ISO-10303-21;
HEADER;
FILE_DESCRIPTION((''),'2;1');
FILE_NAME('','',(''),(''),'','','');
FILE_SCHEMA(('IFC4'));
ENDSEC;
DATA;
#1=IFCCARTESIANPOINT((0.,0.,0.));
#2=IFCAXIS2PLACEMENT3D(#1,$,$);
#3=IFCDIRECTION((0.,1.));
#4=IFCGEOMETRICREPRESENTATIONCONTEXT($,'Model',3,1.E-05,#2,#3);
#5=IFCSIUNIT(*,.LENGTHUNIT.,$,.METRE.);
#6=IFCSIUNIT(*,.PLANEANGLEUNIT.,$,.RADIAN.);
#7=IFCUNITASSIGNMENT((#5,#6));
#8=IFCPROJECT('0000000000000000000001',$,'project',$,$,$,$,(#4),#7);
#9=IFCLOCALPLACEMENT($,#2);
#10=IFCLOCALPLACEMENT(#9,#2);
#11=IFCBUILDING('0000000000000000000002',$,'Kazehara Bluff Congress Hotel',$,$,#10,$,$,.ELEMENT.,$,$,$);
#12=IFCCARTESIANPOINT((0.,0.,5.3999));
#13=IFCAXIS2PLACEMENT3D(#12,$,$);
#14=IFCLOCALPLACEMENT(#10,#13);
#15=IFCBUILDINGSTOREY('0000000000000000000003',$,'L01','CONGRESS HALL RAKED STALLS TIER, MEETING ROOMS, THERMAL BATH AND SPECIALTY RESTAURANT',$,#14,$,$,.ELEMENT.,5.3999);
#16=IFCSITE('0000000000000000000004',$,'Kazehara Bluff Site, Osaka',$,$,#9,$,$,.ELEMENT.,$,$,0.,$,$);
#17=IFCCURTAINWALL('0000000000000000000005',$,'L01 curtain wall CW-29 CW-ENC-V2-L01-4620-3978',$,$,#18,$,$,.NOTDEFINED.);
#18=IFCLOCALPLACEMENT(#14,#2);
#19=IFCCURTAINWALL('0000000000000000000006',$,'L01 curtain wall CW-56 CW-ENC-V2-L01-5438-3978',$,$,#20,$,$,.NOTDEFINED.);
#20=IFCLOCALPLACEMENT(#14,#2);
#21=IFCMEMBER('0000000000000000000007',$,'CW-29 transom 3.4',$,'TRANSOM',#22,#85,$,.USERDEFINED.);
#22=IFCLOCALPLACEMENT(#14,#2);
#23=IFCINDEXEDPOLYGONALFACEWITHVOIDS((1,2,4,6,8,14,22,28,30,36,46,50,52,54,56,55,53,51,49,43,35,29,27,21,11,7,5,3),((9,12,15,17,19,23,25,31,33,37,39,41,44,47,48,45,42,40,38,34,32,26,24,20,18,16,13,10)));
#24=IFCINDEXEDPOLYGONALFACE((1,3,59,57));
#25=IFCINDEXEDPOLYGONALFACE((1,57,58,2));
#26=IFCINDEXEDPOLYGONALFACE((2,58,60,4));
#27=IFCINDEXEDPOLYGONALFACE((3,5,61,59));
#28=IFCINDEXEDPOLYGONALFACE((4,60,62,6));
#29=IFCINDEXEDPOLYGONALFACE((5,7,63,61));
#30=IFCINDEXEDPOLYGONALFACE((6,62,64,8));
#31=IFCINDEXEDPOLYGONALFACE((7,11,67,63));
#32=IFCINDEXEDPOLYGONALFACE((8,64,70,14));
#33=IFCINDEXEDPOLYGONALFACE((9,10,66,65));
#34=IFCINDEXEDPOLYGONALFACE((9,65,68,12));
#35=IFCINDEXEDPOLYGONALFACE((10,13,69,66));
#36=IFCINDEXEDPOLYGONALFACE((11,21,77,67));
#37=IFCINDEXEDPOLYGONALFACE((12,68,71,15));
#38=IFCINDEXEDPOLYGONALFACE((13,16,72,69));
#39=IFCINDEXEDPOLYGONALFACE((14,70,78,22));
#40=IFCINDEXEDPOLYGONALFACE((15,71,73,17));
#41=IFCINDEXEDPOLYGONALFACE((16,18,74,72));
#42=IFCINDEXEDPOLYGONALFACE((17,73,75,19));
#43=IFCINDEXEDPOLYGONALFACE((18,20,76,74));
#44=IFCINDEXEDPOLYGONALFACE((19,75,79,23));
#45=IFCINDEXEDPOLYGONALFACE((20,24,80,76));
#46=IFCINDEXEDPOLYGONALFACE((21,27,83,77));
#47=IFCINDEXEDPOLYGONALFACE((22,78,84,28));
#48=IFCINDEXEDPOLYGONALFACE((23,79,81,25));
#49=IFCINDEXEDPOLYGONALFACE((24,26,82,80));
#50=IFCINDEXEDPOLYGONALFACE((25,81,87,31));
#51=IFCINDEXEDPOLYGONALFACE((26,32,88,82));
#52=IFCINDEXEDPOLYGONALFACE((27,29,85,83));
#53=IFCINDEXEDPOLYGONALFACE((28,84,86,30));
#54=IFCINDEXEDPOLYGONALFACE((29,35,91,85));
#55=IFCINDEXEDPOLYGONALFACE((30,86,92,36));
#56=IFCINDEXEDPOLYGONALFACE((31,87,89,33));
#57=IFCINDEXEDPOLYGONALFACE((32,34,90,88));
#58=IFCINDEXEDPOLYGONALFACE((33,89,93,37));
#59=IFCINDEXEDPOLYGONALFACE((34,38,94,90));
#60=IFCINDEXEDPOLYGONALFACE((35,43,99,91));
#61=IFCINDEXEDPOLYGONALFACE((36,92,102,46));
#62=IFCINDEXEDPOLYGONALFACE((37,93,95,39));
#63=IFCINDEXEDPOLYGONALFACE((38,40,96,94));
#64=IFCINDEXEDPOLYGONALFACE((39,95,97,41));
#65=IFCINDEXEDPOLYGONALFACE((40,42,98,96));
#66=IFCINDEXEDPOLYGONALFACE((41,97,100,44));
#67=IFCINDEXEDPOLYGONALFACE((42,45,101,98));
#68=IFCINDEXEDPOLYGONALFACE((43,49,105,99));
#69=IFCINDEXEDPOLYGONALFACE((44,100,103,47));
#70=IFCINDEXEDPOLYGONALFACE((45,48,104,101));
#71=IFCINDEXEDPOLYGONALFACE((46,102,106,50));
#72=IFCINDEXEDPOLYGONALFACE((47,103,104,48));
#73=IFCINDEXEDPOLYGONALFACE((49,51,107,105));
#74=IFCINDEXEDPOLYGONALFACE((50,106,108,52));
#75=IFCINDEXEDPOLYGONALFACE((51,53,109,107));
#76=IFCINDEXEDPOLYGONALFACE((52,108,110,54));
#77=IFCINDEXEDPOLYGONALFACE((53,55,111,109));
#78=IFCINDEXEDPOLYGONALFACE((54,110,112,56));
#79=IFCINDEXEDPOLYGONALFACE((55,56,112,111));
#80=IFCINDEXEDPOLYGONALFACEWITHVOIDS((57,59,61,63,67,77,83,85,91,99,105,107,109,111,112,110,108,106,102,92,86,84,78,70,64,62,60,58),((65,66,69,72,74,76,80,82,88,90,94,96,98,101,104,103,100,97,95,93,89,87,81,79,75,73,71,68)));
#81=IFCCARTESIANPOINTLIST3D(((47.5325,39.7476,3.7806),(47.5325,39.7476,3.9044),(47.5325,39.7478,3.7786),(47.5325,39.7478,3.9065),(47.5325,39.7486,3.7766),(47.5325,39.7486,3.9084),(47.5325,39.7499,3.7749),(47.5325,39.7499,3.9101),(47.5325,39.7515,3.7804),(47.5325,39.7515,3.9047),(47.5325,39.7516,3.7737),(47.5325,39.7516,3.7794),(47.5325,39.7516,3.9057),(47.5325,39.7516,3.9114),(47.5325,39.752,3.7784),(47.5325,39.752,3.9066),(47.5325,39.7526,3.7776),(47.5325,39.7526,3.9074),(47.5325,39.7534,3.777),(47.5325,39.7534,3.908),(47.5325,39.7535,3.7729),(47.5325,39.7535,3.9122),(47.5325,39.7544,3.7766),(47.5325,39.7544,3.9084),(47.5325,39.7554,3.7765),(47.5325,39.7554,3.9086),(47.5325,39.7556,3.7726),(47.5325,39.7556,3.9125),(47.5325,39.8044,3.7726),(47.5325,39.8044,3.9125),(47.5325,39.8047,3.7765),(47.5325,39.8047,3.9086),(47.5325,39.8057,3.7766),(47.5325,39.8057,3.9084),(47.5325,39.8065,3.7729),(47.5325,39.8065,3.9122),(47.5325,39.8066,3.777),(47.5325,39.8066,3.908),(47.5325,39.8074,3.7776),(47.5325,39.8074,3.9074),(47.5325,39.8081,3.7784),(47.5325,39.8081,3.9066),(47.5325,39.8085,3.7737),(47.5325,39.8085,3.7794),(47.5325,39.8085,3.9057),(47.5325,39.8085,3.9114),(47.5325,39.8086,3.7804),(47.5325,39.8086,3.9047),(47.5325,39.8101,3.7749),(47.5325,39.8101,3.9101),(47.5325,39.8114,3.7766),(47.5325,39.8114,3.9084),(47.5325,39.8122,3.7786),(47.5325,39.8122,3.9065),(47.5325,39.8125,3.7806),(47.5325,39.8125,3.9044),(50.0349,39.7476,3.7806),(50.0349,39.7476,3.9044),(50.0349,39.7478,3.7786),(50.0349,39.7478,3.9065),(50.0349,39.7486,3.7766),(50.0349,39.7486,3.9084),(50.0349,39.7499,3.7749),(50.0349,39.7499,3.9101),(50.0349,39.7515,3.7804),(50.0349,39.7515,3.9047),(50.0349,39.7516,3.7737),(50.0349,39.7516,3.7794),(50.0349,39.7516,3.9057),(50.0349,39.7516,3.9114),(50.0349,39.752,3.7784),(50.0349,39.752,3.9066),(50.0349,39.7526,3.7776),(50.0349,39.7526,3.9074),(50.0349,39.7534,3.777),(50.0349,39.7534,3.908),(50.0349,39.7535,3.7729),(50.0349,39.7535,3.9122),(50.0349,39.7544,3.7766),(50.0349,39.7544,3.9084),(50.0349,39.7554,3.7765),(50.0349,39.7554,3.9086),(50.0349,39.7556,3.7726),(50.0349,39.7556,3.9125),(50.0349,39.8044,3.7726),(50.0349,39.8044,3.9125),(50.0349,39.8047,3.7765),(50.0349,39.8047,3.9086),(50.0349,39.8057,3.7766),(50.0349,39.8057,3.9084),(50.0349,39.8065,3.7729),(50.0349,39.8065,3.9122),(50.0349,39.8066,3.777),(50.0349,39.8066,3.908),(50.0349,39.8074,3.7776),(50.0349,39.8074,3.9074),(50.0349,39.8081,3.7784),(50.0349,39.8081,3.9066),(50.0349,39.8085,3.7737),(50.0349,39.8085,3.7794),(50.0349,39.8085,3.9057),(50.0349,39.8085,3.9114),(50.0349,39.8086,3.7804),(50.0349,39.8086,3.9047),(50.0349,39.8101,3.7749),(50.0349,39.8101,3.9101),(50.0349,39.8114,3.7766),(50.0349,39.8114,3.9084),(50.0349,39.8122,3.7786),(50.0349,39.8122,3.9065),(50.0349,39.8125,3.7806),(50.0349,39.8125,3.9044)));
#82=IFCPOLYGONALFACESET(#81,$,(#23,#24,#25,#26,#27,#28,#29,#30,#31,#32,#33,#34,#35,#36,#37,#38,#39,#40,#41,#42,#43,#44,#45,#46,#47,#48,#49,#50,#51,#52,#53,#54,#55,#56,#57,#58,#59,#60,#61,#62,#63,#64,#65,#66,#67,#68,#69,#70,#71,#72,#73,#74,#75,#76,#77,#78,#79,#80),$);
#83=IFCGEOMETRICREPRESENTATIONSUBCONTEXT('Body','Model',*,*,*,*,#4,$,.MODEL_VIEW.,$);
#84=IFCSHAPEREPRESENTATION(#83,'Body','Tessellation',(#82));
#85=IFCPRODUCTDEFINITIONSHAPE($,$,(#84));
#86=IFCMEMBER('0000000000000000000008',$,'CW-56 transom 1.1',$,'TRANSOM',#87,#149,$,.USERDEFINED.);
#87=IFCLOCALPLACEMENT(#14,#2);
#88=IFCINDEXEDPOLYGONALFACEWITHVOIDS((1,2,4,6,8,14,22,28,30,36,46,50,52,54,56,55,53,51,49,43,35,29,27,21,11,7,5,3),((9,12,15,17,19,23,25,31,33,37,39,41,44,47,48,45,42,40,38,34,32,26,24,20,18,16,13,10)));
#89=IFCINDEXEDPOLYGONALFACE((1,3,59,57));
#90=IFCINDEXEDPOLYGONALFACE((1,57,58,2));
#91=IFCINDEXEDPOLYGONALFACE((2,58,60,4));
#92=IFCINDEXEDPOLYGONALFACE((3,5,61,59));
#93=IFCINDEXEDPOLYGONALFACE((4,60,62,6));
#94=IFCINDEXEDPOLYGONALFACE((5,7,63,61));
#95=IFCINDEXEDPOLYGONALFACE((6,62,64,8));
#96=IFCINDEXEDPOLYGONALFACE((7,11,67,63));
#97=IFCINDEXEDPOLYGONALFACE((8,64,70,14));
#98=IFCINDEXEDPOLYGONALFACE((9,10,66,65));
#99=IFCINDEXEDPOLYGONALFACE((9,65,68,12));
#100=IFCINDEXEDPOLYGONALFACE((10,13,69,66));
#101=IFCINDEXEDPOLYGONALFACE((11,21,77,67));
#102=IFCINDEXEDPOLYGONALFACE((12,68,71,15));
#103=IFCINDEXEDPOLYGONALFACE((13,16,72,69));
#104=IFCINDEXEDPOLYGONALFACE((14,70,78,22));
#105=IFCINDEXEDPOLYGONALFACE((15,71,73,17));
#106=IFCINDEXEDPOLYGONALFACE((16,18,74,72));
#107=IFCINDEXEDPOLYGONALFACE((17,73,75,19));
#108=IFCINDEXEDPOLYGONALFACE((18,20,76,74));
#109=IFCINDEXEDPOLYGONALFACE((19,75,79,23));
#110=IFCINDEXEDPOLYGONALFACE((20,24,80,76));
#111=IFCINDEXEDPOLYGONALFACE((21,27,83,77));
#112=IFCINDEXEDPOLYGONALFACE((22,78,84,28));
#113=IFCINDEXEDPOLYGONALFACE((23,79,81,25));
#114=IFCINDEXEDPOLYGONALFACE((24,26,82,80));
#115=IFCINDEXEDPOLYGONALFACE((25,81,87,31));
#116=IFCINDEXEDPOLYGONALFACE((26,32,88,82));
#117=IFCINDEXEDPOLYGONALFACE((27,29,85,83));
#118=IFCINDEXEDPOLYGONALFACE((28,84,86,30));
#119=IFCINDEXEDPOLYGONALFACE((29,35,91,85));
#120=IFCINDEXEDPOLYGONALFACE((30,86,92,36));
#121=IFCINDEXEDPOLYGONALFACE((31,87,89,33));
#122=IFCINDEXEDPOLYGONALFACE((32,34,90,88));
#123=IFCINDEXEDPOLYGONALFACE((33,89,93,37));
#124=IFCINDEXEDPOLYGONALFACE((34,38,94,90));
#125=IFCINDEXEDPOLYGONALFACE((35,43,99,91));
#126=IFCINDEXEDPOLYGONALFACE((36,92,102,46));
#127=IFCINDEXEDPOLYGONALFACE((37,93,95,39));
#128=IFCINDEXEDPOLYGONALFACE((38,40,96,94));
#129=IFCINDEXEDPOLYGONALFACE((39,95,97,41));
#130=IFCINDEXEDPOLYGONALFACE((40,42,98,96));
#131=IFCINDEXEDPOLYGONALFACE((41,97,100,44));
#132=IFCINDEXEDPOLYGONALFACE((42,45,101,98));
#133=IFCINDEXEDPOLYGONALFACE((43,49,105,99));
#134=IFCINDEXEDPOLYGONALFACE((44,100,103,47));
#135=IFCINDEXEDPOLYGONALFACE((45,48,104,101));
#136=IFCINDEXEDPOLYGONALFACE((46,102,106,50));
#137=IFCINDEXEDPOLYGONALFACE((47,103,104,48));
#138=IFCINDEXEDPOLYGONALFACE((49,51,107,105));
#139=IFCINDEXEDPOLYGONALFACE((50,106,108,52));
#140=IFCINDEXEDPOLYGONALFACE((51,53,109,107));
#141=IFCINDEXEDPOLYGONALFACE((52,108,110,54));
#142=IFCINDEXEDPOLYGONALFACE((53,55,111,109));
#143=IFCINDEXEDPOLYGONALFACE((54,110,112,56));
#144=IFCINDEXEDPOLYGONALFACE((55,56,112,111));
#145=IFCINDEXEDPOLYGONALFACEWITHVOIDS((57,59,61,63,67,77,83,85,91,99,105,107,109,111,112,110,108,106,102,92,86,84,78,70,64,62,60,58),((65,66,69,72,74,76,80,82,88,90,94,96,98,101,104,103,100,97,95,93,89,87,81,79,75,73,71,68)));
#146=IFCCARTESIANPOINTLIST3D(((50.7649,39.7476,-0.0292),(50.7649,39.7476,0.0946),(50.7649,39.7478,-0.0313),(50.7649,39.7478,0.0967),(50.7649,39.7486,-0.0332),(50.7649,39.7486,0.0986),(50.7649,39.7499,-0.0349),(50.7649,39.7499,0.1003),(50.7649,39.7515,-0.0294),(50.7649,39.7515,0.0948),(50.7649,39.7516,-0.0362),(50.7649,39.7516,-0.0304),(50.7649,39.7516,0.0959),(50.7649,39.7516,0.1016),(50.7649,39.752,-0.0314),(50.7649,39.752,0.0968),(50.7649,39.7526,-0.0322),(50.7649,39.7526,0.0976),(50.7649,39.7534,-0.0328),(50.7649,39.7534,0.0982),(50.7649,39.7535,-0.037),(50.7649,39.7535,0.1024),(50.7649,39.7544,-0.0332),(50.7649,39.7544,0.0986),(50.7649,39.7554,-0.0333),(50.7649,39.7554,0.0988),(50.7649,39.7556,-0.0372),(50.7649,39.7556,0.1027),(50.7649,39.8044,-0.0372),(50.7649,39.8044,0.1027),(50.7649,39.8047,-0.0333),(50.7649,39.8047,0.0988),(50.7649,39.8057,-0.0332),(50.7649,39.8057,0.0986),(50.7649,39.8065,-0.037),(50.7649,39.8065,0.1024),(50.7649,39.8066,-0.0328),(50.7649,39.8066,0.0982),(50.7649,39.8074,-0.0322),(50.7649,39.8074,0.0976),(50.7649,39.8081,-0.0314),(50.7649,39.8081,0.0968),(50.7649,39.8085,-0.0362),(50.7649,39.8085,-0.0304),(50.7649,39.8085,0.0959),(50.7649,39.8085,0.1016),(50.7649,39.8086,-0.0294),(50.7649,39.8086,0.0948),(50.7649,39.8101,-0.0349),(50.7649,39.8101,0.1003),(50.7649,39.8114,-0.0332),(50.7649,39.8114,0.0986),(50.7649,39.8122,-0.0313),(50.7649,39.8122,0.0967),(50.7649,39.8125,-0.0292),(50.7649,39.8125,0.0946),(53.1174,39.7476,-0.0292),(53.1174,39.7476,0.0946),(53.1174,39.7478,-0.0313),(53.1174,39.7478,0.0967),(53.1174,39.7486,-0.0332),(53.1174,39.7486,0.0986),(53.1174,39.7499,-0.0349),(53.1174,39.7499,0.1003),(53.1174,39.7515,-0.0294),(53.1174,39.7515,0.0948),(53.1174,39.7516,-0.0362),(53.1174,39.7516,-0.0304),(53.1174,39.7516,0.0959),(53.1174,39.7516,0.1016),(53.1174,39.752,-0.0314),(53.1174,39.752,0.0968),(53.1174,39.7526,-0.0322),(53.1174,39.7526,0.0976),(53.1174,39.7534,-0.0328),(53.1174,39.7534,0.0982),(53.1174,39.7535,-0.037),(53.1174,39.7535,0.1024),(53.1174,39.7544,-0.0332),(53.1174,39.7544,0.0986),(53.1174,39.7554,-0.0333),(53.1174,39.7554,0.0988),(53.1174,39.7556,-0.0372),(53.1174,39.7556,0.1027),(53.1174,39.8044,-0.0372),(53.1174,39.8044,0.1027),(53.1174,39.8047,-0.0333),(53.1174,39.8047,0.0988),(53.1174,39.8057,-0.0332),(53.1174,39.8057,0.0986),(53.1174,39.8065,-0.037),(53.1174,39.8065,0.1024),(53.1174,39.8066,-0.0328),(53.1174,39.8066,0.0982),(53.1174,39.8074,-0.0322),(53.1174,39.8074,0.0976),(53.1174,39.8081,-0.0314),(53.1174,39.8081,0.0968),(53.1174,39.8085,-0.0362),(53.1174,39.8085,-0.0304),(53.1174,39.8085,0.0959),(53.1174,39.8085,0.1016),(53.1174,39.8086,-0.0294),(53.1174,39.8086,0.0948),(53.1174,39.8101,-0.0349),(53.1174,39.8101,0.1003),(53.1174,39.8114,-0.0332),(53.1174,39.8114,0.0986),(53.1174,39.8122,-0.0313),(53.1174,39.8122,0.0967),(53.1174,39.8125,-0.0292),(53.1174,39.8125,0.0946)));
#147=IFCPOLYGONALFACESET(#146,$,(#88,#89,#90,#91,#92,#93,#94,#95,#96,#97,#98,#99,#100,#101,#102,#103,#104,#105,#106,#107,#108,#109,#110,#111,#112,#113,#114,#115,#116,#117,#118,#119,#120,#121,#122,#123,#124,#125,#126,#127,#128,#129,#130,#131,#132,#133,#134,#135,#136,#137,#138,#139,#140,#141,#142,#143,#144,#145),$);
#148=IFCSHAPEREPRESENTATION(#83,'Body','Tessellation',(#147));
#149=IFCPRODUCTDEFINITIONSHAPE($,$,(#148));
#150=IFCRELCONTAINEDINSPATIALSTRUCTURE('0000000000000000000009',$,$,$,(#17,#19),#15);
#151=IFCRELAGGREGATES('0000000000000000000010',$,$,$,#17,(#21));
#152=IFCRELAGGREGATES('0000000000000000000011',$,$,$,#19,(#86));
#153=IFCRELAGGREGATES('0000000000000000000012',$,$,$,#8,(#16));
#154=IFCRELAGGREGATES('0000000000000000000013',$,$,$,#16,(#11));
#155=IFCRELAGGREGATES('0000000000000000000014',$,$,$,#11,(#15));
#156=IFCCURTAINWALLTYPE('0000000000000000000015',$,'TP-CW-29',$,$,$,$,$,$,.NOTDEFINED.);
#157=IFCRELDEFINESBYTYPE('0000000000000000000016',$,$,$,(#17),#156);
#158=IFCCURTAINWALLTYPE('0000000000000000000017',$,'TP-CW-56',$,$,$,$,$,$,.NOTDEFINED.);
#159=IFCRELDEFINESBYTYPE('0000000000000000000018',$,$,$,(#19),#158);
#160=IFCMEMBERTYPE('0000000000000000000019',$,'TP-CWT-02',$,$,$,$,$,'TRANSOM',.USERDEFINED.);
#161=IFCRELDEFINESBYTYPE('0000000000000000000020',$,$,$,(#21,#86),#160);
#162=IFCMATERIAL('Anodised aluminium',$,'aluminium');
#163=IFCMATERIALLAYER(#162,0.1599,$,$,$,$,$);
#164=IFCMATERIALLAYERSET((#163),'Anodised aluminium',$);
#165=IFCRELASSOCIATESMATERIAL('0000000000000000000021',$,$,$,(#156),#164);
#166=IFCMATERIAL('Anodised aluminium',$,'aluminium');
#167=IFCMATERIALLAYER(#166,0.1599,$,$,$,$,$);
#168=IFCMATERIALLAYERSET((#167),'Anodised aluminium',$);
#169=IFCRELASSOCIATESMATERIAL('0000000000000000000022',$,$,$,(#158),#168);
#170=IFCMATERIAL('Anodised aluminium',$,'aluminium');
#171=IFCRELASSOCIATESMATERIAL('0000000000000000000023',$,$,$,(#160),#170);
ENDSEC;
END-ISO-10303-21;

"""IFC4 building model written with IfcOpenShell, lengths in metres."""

from ifc_helpers import new_model, si_unit, direction, frame, origin, origin_2d, place, context, subcontext, project, spatial, hollow_rectangle, extrude, material, layer, layer_set, material_profile, profile_set, type_object, element, aggregate, save


model = new_model("IFC4")

# Units and contexts
model_context = context("Model", 3, precision=1e-05, world=origin(), true_north=direction((0.0, 1.0)))
body_context = subcontext(model_context, "Body", "Model", "MODEL_VIEW")
ifc_project = project(units=[si_unit("LENGTHUNIT", "METRE"), si_unit("PLANEANGLEUNIT", "RADIAN")], contexts=[model_context])

# Site, building, storey
site_placement = place(None, origin())
site = spatial("IfcSite", under=ifc_project, at=site_placement, Name="Kazehara Bluff Site, Osaka", CompositionType="ELEMENT", RefElevation=0.0)
building_placement = place(site_placement, origin())
building = spatial("IfcBuilding", under=site, at=building_placement, Name="Kazehara Bluff Congress Hotel", CompositionType="ELEMENT")
storey_placement = place(building_placement, frame((0.0, 0.0, 5.3999)))
storey = spatial("IfcBuildingStorey", under=building, at=storey_placement, Name="L01", Description="CONGRESS HALL RAKED STALLS TIER, MEETING ROOMS, THERMAL BATH AND SPECIALTY RESTAURANT", CompositionType="ELEMENT", Elevation=5.3999)

# Curtain wall
ifc_material_1 = material(Name="Anodised aluminium", Category="aluminium")
ifc_layer_1 = layer(ifc_material_1, 0.1599)
ifc_layer_set_1 = layer_set([ifc_layer_1], Name="Anodised aluminium")
curtain_wall_type_1 = type_object("IfcCurtainWallType", Name="TP-CW-29", PredefinedType="NOTDEFINED", material=ifc_layer_set_1)
curtain_wall_1_placement = place(storey_placement, origin())
curtain_wall_1 = element("IfcCurtainWall", 1, at=curtain_wall_1_placement, inside=storey, type_object=curtain_wall_type_1, Name="L01 curtain wall CW-29 CW-ENC-V2-L01-4620-3978", PredefinedType="NOTDEFINED")

# Curtain wall
ifc_material_2 = material(Name="Anodised aluminium", Category="aluminium")
ifc_layer_2 = layer(ifc_material_2, 0.1599)
ifc_layer_set_2 = layer_set([ifc_layer_2], Name="Anodised aluminium")
curtain_wall_type_2 = type_object("IfcCurtainWallType", Name="TP-CW-56", PredefinedType="NOTDEFINED", material=ifc_layer_set_2)
curtain_wall_2_placement = place(storey_placement, origin())
curtain_wall_2 = element("IfcCurtainWall", 2, at=curtain_wall_2_placement, inside=storey, type_object=curtain_wall_type_2, Name="L01 curtain wall CW-56 CW-ENC-V2-L01-5438-3978", PredefinedType="NOTDEFINED")

# Members
ifc_material_3 = material(Name="Anodised aluminium", Category="aluminium")
ifc_material_profile_1 = material_profile(ifc_material_3, hollow_rectangle(XDim=0.0649, YDim=0.1399, WallThickness=0.0039, InnerFilletRadius=0.0039, OuterFilletRadius=0.0081, at=origin_2d()))
ifc_profile_set_1 = profile_set([ifc_material_profile_1], Name="Anodised aluminium")
member_type_1 = type_object("IfcMemberType", Name="TP-CWT-02", ElementType="TRANSOM", PredefinedType="USERDEFINED", material=ifc_profile_set_1)
member_1_placement = place(storey_placement, frame((47.5325, 39.78, 3.8425), z_axis=(1.0, 0.0, 0.0), x_axis=(0.0, 1.0, 0.0)))
member_1 = element("IfcMember", 3, at=member_1_placement, type_object=member_type_1, Name="CW-29 transom 3.4", ObjectType="TRANSOM", PredefinedType="USERDEFINED", context=body_context, shape_type="SweptSolid", body=[
    extrude(hollow_rectangle(XDim=0.0649, YDim=0.1399, WallThickness=0.0039, InnerFilletRadius=0.0039, OuterFilletRadius=0.0081, at=origin_2d()), origin(), (0.0, 0.0, 1.0), 2.5024),
])
member_2_placement = place(storey_placement, frame((50.7649, 39.78, 0.0327), z_axis=(1.0, 0.0, 0.0), x_axis=(0.0, 1.0, 0.0)))
member_2 = element("IfcMember", 4, at=member_2_placement, type_object=member_type_1, Name="CW-56 transom 1.1", ObjectType="TRANSOM", PredefinedType="USERDEFINED", context=body_context, shape_type="SweptSolid", body=[
    extrude(hollow_rectangle(XDim=0.0649, YDim=0.1399, WallThickness=0.0039, InnerFilletRadius=0.0039, OuterFilletRadius=0.0081, at=origin_2d()), origin(), (0.0, 0.0, 1.0), 2.3525),
])

aggregate(curtain_wall_1, [member_1])
aggregate(curtain_wall_2, [member_2])

save(model, "model.ifc")
